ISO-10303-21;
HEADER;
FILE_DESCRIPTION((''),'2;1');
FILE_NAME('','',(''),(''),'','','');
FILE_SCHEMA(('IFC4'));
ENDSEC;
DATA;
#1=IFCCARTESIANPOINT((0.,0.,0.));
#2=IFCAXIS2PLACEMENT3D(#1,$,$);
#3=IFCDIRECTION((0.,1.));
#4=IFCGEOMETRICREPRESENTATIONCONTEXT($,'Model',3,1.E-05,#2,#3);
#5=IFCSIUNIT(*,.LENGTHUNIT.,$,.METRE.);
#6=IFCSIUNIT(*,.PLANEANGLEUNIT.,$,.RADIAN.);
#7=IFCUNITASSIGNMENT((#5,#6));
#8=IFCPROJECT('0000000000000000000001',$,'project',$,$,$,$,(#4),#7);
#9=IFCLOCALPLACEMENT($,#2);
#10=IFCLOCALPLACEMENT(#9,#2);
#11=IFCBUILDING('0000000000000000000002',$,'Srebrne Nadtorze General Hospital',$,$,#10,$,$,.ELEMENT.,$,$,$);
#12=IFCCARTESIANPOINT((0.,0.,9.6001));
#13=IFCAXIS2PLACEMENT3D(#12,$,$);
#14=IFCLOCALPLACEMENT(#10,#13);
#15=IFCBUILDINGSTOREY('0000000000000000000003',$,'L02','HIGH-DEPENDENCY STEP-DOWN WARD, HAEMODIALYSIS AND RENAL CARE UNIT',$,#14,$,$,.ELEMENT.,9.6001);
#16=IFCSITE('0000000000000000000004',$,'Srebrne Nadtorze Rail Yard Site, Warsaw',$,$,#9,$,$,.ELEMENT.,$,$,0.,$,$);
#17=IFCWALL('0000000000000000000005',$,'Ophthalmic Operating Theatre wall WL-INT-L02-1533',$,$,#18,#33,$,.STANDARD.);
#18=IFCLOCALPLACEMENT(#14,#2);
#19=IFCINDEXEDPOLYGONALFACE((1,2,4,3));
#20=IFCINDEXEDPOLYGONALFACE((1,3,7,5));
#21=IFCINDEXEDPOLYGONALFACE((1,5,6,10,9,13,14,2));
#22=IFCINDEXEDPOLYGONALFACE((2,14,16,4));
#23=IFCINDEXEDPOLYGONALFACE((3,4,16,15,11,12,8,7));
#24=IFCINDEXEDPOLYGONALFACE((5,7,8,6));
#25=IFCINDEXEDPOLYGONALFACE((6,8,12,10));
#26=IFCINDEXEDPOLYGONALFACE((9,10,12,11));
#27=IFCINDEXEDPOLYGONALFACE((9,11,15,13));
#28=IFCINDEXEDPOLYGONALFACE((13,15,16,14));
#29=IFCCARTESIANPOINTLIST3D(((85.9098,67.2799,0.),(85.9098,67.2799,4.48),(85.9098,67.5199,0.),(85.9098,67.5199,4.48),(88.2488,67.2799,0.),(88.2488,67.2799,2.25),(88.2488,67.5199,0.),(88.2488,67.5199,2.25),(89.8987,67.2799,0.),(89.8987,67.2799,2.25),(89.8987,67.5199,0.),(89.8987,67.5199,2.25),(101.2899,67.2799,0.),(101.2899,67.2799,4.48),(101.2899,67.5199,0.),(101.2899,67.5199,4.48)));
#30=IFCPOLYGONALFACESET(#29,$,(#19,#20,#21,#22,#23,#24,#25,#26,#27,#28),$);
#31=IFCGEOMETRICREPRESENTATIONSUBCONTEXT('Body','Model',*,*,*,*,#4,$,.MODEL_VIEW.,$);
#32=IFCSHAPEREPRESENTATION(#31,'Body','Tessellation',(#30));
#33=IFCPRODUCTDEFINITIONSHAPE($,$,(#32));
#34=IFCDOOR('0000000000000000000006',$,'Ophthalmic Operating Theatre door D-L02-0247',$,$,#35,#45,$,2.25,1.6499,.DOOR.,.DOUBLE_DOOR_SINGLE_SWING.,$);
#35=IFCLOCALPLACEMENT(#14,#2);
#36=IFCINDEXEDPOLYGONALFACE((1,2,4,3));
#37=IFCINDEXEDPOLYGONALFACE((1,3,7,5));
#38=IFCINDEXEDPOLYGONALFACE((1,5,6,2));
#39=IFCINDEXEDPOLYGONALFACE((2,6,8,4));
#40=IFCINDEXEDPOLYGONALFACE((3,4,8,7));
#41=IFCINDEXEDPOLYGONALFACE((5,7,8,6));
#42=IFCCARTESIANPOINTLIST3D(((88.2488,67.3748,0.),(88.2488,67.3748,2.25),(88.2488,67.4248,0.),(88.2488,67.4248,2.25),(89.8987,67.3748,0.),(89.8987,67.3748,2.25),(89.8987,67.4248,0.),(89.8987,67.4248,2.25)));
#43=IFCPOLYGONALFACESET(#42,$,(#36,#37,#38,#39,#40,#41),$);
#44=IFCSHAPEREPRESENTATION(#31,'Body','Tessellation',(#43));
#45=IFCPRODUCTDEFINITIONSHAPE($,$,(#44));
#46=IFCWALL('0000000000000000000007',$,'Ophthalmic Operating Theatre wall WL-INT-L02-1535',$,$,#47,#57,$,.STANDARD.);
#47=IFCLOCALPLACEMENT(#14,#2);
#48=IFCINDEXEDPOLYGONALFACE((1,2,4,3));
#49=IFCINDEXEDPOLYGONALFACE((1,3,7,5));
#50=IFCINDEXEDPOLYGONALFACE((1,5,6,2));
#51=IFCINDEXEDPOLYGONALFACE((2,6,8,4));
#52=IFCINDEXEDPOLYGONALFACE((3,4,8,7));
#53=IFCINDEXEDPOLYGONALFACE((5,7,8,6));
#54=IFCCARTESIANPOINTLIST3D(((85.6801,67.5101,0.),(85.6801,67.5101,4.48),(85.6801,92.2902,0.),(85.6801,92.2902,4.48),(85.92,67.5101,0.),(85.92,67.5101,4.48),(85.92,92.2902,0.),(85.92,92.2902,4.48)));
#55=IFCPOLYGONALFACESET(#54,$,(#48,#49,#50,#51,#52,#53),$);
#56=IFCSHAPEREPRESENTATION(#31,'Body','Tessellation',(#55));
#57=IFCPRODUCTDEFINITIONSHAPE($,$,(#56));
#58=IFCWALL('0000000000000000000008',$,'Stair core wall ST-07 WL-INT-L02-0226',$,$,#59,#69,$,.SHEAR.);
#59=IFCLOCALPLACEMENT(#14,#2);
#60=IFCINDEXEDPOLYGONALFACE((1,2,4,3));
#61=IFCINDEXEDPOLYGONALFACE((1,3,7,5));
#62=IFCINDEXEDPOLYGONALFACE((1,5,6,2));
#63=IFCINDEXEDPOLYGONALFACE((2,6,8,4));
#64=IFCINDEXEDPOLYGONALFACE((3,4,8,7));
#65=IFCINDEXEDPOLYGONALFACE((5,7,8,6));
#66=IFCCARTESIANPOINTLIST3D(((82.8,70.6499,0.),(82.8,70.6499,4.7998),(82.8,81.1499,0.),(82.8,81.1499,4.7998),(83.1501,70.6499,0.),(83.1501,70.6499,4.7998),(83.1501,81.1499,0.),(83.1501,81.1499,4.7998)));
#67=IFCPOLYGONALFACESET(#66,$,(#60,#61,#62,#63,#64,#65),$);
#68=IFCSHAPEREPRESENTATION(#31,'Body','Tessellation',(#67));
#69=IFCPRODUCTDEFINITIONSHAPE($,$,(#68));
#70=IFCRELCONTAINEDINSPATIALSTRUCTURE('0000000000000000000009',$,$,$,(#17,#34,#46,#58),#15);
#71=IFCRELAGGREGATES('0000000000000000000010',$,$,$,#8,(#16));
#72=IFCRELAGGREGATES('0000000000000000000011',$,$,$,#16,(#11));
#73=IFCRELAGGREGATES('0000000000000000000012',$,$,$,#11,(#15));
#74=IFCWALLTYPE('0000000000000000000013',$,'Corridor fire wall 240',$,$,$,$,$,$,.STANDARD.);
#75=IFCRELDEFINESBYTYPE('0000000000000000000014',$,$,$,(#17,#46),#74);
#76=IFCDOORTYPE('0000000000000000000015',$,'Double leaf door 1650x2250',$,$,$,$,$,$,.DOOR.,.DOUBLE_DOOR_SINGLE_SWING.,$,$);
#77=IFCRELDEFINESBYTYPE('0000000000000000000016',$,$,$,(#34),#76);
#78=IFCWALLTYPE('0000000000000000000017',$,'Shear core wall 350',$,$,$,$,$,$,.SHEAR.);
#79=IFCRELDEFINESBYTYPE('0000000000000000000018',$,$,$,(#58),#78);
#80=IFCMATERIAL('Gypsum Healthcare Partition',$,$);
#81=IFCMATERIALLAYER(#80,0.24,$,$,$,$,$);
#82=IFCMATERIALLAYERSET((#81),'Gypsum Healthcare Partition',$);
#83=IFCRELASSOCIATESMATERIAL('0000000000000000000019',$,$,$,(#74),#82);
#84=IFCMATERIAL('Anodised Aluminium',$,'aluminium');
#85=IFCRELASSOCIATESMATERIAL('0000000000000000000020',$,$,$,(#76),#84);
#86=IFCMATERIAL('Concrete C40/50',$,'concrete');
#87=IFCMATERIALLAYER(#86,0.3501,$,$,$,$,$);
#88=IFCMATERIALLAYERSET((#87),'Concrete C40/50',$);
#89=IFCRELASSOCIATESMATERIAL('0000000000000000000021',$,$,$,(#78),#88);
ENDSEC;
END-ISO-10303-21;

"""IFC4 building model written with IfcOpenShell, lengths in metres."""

from ifc_helpers import new_model, si_unit, direction, frame, frame_2d, origin, place, context, subcontext, project, spatial, rectangle, extrude, material, layer, layer_set, type_object, element, fill, save


model = new_model("IFC4")

# Units and contexts
model_context = context("Model", 3, precision=1e-05, world=origin(), true_north=direction((0.0, 1.0)))
body_context = subcontext(model_context, "Body", "Model", "MODEL_VIEW")
ifc_project = project(units=[si_unit("LENGTHUNIT", "METRE"), si_unit("PLANEANGLEUNIT", "RADIAN")], contexts=[model_context])

# Site, building, storey
site_placement = place(None, origin())
site = spatial("IfcSite", under=ifc_project, at=site_placement, Name="Srebrne Nadtorze Rail Yard Site, Warsaw", CompositionType="ELEMENT", RefElevation=0.0)
building_placement = place(site_placement, origin())
building = spatial("IfcBuilding", under=site, at=building_placement, Name="Srebrne Nadtorze General Hospital", CompositionType="ELEMENT")
storey_placement = place(building_placement, frame((0.0, 0.0, 9.6001)))
storey = spatial("IfcBuildingStorey", under=building, at=storey_placement, Name="L02", Description="HIGH-DEPENDENCY STEP-DOWN WARD, HAEMODIALYSIS AND RENAL CARE UNIT", CompositionType="ELEMENT", Elevation=9.6001)

# Shared definitions
ifc_material_1 = material(Name="Gypsum Healthcare Partition")
ifc_layer_1 = layer(ifc_material_1, 0.24)
ifc_layer_set_1 = layer_set([ifc_layer_1], Name="Gypsum Healthcare Partition")
wall_type_1 = type_object("IfcWallType", Name="Corridor fire wall 240", PredefinedType="STANDARD", material=ifc_layer_set_1)

# Wall, opening, door
wall_1_placement = place(storey_placement, frame((85.9099, 67.3999, 0.0), z_axis=(0.0, 0.0, 1.0), x_axis=(1.0, 0.0, 0.0)))
wall_1 = element("IfcWall", 1, at=wall_1_placement, inside=storey, type_object=wall_type_1, Name="Ophthalmic Operating Theatre wall WL-INT-L02-1533", PredefinedType="STANDARD", context=body_context, shape_type="SweptSolid", body=[
    extrude(rectangle(XDim=15.3801, YDim=0.24, at=frame_2d((7.6899, 0.0))), origin(), (0.0, 0.0, 1.0), 4.48),
])
opening_placement = place(wall_1_placement, frame((2.3389, 0.0, 0.0)))
opening = element("IfcOpeningElement", 2, at=opening_placement, cuts=wall_1, PredefinedType="OPENING", context=body_context, shape_type="SweptSolid", body=[
    extrude(rectangle(XDim=1.6499, YDim=2.25, at=frame_2d((0.825, 1.125))), frame((0.0, 0.1318, 0.0), z_axis=(0.0, -1.0, 0.0), x_axis=(1.0, 0.0, 0.0)), (0.0, 0.0, 1.0), 0.2639),
])
ifc_material_2 = material(Name="Anodised Aluminium", Category="aluminium")
door_type = type_object("IfcDoorType", Name="Double leaf door 1650x2250", OperationType="DOUBLE_DOOR_SINGLE_SWING", PredefinedType="DOOR", material=ifc_material_2)
door_placement = place(opening_placement, origin())
door = element("IfcDoor", 3, at=door_placement, inside=storey, type_object=door_type, Name="Ophthalmic Operating Theatre door D-L02-0247", OperationType="DOUBLE_DOOR_SINGLE_SWING", OverallHeight=2.25, OverallWidth=1.6499, PredefinedType="DOOR", context=body_context, shape_type="SweptSolid", body=[
    extrude(rectangle(XDim=1.6499, YDim=2.25, at=frame_2d((0.825, 1.125))), frame((0.0, 0.0249, 0.0), z_axis=(0.0, -1.0, 0.0), x_axis=(1.0, 0.0, 0.0)), (0.0, 0.0, 1.0), 0.05),
])
fill(opening, door)

# Walls
wall_2_placement = place(storey_placement, frame((85.8, 67.51, 0.0), z_axis=(0.0, 0.0, 1.0), x_axis=(0.0, 1.0, 0.0)))
element("IfcWall", 4, at=wall_2_placement, inside=storey, type_object=wall_type_1, Name="Ophthalmic Operating Theatre wall WL-INT-L02-1535", PredefinedType="STANDARD", context=body_context, shape_type="SweptSolid", body=[
    extrude(rectangle(XDim=24.78, YDim=0.24, at=frame_2d((12.3901, 0.0))), origin(), (0.0, 0.0, 1.0), 4.48),
])
ifc_material_3 = material(Name="Concrete C40/50", Category="concrete")
ifc_layer_2 = layer(ifc_material_3, 0.3501)
ifc_layer_set_2 = layer_set([ifc_layer_2], Name="Concrete C40/50")
wall_type_2 = type_object("IfcWallType", Name="Shear core wall 350", PredefinedType="SHEAR", material=ifc_layer_set_2)
wall_3_placement = place(storey_placement, frame((82.9751, 70.6499, 0.0), z_axis=(0.0, 0.0, 1.0), x_axis=(0.0, 1.0, 0.0)))
element("IfcWall", 5, at=wall_3_placement, inside=storey, type_object=wall_type_2, Name="Stair core wall ST-07 WL-INT-L02-0226", PredefinedType="SHEAR", context=body_context, shape_type="SweptSolid", body=[
    extrude(rectangle(XDim=10.5, YDim=0.3501, at=frame_2d((5.25, 0.0))), origin(), (0.0, 0.0, 1.0), 4.7998),
])

save(model, "model.ifc")
